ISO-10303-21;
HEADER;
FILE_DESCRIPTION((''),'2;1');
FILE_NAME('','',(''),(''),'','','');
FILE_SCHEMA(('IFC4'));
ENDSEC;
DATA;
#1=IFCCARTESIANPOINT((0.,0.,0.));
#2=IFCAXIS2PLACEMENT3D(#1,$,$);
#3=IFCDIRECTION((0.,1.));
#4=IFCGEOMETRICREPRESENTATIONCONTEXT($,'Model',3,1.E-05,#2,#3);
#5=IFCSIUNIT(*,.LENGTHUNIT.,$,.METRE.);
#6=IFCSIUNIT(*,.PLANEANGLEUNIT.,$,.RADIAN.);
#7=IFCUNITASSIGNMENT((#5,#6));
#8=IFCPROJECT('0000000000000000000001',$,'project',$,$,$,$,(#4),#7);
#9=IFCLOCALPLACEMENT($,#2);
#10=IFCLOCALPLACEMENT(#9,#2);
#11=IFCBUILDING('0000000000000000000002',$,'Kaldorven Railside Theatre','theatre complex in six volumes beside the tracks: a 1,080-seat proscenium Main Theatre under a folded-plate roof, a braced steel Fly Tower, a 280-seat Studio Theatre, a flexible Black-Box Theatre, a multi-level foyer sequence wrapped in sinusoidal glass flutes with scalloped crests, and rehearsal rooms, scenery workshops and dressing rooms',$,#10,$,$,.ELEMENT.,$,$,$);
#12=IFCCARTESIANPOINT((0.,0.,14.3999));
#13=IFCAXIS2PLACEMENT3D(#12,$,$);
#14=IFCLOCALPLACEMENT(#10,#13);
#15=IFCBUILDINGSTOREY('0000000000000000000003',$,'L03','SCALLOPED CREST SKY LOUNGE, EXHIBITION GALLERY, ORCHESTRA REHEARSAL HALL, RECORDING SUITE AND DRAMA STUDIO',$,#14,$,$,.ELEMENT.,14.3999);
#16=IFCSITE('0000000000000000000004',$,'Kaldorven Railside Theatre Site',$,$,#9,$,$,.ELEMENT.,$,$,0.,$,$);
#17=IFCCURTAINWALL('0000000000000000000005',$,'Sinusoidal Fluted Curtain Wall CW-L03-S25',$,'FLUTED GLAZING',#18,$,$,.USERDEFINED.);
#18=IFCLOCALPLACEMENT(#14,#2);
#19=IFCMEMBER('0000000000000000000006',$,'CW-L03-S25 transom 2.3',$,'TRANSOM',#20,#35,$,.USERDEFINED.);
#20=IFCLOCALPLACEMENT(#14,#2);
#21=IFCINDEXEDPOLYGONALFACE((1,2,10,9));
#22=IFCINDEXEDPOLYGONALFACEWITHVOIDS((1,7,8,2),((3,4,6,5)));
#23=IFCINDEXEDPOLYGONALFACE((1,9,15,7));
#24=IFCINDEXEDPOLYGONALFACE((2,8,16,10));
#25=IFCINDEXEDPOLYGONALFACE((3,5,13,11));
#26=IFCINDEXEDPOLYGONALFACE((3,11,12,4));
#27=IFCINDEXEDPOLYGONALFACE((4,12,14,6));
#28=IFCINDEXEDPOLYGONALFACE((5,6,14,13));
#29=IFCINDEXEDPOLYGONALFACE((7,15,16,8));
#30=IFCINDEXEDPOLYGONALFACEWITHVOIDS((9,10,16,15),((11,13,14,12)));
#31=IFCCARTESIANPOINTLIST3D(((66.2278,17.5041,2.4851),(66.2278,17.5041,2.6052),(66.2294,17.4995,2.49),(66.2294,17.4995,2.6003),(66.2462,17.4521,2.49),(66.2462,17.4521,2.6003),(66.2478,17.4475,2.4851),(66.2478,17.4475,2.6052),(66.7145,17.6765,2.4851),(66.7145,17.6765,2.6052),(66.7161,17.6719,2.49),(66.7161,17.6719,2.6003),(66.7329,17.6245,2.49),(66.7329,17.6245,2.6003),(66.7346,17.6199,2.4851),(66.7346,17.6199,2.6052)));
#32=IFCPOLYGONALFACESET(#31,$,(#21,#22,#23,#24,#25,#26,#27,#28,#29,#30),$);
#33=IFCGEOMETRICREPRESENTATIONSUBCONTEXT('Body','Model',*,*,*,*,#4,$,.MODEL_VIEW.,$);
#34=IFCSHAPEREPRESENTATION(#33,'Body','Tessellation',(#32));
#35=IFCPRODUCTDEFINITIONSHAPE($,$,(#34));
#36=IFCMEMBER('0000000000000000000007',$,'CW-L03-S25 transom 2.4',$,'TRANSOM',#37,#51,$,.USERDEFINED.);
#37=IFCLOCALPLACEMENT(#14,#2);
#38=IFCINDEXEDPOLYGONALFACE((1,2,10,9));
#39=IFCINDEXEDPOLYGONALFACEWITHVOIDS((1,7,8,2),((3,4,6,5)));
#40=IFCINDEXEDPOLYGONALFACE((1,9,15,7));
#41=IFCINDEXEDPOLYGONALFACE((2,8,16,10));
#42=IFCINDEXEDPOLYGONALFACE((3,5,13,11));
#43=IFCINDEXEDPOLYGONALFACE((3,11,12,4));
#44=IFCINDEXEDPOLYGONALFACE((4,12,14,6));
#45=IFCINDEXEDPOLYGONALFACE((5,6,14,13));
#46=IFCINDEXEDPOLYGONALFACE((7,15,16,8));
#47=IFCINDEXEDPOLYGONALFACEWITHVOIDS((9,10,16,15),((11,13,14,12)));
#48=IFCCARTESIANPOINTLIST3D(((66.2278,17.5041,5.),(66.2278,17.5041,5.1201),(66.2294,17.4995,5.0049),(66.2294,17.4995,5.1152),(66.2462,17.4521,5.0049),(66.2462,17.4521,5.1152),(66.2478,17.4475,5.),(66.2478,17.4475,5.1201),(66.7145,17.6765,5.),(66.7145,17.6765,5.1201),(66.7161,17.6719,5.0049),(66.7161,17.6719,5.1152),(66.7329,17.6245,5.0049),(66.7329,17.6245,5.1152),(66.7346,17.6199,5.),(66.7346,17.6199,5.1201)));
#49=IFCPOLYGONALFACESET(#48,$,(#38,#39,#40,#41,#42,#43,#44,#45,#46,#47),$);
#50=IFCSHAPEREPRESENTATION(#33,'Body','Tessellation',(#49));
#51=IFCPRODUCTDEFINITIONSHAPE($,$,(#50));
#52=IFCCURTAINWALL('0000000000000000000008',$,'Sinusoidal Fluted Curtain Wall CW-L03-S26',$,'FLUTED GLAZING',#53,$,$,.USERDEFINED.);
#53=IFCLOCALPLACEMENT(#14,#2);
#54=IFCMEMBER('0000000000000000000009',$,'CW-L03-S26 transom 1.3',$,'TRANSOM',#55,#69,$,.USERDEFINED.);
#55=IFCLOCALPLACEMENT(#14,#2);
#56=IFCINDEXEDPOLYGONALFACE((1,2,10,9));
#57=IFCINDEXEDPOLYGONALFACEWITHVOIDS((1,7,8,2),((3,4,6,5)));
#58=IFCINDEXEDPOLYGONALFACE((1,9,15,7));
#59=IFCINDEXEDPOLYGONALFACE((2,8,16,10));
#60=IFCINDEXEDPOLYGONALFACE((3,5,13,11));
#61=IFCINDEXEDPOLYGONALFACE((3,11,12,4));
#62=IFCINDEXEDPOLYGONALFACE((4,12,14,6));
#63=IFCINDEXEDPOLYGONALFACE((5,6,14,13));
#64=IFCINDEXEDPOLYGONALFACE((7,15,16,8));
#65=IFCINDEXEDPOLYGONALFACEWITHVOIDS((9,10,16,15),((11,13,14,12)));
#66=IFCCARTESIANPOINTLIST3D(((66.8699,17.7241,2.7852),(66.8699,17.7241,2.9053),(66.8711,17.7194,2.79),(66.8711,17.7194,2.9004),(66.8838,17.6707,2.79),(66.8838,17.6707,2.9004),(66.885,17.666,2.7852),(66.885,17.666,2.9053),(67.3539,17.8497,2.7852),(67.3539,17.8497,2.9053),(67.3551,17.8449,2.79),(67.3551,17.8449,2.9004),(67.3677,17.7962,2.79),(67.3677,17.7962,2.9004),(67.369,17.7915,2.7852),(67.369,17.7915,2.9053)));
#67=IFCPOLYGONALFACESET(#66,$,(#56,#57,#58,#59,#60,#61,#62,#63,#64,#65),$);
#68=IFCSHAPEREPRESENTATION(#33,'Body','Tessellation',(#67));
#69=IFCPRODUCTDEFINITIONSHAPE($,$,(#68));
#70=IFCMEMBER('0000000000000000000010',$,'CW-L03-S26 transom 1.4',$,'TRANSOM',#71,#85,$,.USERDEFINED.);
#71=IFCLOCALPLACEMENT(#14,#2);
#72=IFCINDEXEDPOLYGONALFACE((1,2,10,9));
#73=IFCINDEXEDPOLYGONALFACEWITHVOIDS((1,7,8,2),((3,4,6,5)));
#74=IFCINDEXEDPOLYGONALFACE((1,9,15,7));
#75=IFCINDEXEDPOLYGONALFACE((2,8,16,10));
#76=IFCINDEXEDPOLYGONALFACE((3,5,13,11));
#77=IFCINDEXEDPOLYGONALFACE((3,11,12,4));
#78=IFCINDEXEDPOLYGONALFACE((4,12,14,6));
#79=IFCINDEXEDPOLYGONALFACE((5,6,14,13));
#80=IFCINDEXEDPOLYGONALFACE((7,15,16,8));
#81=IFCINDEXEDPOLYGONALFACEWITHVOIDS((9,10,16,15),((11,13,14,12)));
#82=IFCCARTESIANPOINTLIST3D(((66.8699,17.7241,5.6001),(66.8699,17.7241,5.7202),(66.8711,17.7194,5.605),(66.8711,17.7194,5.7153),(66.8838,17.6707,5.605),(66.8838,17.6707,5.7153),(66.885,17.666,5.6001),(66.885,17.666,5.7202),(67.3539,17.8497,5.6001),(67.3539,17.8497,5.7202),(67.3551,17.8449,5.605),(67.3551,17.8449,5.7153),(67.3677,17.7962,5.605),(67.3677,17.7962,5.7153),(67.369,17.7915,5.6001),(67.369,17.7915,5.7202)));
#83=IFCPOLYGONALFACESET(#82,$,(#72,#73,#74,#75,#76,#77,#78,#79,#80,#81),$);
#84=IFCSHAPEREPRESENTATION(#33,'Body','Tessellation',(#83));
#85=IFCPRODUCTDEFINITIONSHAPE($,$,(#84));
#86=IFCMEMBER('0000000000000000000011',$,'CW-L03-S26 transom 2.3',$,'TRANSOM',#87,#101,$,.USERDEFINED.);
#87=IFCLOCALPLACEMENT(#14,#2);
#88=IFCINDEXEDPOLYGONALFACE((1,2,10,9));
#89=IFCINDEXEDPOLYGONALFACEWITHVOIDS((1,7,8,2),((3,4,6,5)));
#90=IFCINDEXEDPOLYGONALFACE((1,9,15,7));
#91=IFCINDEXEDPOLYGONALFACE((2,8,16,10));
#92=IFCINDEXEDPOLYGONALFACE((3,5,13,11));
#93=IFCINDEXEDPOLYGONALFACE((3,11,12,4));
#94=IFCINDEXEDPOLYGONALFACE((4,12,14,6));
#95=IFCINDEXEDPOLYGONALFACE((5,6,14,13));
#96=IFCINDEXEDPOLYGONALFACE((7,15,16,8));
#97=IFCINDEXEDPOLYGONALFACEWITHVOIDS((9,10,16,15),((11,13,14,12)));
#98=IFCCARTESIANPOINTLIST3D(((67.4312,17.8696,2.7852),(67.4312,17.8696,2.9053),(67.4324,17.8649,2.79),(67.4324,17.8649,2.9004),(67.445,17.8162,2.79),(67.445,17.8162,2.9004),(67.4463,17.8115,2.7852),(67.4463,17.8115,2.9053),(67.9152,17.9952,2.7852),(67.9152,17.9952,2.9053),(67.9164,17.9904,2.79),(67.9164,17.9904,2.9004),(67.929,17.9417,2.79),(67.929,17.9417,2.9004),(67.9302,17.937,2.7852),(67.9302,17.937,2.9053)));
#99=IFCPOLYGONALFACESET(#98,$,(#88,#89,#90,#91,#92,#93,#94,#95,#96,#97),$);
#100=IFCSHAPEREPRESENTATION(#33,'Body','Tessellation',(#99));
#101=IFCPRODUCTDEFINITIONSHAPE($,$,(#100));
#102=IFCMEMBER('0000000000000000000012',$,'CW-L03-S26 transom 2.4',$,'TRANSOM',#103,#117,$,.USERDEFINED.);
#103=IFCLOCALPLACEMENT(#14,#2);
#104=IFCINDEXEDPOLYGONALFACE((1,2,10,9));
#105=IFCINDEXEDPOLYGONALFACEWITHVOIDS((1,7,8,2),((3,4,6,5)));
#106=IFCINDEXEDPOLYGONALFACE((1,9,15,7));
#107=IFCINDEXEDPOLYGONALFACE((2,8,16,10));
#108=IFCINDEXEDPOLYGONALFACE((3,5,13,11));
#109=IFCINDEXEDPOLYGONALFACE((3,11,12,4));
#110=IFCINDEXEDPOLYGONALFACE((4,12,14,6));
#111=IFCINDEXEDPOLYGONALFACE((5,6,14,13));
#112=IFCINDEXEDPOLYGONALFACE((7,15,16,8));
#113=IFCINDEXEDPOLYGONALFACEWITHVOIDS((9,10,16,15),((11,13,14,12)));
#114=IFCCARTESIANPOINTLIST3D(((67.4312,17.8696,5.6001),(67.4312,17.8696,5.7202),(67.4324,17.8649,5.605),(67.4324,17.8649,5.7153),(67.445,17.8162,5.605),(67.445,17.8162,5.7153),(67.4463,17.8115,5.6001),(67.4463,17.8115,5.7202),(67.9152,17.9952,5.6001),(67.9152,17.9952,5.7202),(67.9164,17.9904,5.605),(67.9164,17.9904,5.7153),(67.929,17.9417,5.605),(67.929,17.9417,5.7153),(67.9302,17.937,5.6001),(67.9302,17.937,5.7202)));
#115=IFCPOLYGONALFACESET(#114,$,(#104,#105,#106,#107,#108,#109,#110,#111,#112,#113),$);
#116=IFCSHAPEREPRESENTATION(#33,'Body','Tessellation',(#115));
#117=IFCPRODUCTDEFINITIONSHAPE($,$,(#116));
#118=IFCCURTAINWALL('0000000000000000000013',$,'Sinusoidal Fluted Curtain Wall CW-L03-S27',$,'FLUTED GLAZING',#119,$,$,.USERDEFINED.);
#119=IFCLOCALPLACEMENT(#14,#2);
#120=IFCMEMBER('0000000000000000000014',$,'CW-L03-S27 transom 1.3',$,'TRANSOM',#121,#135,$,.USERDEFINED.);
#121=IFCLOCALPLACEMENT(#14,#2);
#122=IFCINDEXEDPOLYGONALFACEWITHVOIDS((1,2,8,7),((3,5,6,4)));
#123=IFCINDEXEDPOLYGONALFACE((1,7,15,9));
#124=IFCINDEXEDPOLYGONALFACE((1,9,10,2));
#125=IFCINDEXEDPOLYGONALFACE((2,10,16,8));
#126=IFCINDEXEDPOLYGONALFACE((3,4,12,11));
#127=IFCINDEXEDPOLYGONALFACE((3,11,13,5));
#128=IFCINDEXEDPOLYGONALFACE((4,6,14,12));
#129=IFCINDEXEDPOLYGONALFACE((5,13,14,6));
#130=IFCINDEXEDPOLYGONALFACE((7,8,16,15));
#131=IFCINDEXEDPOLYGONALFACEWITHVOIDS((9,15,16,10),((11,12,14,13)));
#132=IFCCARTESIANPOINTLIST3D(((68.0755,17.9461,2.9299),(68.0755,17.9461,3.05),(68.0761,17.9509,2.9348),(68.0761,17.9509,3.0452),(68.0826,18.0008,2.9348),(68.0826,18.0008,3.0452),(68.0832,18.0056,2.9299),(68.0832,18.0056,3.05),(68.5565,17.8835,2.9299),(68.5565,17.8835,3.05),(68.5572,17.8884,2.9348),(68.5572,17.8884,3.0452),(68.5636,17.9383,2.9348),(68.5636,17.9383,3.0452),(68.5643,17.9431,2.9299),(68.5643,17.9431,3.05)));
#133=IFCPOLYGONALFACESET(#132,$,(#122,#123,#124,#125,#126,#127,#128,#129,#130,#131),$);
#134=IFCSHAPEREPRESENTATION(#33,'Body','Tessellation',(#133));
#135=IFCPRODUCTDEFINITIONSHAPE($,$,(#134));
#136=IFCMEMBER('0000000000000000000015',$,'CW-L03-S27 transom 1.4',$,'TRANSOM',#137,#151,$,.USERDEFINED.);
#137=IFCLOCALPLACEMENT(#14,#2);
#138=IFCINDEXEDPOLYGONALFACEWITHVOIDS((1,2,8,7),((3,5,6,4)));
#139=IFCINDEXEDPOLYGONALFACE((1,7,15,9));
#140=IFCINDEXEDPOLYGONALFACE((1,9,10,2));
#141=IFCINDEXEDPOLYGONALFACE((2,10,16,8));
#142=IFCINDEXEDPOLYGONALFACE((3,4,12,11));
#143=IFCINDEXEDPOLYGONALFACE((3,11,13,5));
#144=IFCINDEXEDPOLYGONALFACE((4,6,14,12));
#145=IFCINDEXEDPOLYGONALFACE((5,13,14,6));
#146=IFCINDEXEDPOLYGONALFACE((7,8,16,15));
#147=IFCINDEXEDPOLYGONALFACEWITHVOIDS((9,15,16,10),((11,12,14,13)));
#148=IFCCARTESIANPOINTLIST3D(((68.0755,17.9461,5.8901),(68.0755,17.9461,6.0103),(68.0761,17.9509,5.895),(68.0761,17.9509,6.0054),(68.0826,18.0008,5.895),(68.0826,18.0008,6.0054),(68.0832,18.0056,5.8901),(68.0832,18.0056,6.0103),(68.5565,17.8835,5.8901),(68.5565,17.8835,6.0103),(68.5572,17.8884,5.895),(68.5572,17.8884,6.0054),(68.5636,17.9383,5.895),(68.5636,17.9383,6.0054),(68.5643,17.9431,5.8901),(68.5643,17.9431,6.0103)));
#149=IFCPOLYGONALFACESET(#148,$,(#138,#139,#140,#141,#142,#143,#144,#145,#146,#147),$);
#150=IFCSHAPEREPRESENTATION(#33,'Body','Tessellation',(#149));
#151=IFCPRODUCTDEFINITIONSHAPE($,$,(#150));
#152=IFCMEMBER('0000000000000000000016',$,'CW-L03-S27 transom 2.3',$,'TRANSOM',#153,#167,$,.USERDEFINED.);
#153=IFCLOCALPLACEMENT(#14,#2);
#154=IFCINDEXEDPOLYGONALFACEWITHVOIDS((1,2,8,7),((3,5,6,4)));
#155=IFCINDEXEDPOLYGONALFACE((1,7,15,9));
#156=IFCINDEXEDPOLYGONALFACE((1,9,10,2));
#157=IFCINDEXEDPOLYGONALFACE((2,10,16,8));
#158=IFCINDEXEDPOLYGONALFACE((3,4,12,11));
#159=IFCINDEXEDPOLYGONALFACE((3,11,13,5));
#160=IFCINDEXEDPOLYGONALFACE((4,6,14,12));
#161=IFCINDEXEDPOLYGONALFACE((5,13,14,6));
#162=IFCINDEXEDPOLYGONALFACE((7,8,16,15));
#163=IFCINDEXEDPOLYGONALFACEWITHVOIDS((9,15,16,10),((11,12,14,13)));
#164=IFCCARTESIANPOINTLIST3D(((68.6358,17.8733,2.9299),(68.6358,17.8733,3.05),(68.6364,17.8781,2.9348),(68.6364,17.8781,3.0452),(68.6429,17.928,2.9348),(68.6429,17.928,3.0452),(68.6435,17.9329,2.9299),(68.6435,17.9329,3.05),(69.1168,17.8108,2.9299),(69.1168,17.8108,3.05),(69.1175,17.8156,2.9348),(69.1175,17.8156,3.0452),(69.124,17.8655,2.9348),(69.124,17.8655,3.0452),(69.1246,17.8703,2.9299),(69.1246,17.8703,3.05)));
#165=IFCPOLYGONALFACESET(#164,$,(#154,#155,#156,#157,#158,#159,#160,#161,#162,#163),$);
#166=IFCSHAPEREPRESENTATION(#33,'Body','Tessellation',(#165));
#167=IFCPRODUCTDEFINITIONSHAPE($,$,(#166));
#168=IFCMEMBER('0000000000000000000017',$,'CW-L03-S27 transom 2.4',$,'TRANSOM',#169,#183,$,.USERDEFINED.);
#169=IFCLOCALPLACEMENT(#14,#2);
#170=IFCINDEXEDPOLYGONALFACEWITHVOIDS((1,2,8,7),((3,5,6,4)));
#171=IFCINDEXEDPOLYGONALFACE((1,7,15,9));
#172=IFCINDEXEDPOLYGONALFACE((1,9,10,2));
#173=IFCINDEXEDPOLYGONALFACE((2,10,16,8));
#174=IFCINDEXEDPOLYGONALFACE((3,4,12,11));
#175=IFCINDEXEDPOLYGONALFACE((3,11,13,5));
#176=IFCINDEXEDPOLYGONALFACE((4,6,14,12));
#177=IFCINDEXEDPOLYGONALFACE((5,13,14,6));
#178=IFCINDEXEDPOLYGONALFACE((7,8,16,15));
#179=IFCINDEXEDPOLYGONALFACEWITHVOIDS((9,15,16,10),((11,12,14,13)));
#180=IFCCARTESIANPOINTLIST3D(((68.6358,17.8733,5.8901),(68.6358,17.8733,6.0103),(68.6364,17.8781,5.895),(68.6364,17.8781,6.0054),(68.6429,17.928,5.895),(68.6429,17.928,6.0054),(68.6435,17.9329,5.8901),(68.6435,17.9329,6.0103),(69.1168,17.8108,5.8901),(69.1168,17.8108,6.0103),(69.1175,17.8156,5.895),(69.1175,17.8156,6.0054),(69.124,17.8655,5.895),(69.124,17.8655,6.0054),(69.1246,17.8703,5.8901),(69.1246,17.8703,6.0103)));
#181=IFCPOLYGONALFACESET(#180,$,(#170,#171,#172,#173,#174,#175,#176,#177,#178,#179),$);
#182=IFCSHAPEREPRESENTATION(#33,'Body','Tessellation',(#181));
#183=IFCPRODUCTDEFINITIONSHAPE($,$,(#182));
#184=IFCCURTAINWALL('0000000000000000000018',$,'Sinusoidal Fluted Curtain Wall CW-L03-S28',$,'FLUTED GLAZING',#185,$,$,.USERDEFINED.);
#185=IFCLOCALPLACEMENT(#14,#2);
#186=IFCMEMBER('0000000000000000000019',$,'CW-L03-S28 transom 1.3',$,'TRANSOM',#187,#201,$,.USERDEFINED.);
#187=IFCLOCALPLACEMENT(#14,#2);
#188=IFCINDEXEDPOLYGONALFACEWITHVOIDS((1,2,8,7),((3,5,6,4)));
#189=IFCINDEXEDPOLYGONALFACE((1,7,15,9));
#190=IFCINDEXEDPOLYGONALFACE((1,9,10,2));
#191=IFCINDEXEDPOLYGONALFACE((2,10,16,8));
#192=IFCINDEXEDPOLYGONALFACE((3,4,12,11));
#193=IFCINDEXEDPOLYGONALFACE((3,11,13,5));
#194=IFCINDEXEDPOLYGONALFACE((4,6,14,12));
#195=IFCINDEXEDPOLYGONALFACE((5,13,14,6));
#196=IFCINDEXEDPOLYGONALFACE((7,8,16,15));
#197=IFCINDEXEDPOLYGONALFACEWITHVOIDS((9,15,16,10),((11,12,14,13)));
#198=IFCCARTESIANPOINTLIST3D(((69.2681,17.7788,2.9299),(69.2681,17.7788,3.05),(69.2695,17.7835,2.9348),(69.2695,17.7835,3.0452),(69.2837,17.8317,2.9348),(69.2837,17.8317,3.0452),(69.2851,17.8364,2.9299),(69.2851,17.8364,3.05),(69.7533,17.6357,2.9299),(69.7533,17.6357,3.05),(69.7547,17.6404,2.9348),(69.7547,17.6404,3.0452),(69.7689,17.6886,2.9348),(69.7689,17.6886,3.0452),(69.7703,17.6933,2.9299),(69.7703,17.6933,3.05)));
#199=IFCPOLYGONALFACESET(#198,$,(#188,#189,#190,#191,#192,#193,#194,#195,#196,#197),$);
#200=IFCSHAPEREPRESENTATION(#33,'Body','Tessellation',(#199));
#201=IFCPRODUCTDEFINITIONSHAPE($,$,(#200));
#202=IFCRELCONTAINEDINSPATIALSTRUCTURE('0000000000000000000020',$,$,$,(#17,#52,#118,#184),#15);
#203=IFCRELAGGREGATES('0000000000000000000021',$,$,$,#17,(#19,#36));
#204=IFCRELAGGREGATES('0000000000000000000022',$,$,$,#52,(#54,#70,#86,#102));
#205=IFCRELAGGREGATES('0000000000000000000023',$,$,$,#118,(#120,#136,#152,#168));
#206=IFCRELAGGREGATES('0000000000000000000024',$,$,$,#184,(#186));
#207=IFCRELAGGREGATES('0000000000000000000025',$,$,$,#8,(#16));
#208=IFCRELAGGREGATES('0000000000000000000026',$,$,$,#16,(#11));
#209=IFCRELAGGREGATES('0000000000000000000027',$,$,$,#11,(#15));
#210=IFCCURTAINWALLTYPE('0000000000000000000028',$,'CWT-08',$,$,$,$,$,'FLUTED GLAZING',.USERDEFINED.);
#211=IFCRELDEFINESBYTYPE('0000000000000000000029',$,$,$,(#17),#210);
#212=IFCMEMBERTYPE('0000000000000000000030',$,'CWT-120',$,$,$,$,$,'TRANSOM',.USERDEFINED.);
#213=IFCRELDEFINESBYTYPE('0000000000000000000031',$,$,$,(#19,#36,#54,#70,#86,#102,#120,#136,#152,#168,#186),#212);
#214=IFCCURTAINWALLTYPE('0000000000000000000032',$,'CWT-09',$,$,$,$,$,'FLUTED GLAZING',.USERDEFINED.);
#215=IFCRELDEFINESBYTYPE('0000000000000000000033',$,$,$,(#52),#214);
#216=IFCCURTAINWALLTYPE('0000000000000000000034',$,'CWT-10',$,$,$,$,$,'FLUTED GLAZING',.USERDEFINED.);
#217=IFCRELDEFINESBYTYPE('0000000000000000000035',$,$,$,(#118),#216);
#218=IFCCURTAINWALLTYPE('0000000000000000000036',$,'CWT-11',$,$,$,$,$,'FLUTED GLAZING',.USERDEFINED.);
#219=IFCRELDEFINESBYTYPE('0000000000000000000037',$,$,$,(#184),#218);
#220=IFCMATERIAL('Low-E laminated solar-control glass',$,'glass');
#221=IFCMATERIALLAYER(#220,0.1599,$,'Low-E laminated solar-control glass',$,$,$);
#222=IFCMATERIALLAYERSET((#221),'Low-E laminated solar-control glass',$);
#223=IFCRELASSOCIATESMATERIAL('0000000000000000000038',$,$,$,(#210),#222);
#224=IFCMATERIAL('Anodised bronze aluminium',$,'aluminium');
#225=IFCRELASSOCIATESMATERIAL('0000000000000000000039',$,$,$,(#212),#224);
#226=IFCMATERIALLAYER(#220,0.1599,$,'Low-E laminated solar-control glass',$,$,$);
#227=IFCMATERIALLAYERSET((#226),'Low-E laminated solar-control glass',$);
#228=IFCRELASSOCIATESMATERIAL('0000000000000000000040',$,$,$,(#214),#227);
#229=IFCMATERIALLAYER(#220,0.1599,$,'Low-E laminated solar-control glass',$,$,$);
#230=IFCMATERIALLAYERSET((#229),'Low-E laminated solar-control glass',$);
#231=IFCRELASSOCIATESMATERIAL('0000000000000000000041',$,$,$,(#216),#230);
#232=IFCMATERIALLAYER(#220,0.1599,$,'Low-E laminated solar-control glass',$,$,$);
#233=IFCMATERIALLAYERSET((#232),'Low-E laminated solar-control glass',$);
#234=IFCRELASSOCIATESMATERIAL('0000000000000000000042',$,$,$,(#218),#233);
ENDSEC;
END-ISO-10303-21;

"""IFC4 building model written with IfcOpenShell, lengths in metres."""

from ifc_helpers import new_model, si_unit, direction, frame, origin, origin_2d, place, context, subcontext, project, spatial, hollow_rectangle, extrude, material, layer, layer_set, material_profile, profile_set, type_object, element, aggregate, save


model = new_model("IFC4")

# Units and contexts
model_context = context("Model", 3, precision=1e-05, world=origin(), true_north=direction((0.0, 1.0)))
body_context = subcontext(model_context, "Body", "Model", "MODEL_VIEW")
ifc_project = project(units=[si_unit("LENGTHUNIT", "METRE"), si_unit("PLANEANGLEUNIT", "RADIAN")], contexts=[model_context])

# Site, building, storey
site_placement = place(None, origin())
site = spatial("IfcSite", under=ifc_project, at=site_placement, Name="Kaldorven Railside Theatre Site", CompositionType="ELEMENT", RefElevation=0.0)
building_placement = place(site_placement, origin())
building = spatial("IfcBuilding", under=site, at=building_placement, Name="Kaldorven Railside Theatre", Description="theatre complex in six volumes beside the tracks: a 1,080-seat proscenium Main Theatre under a folded-plate roof, a braced steel Fly Tower, a 280-seat Studio Theatre, a flexible Black-Box Theatre, a multi-level foyer sequence wrapped in sinusoidal glass flutes with scalloped crests, and rehearsal rooms, scenery workshops and dressing rooms", CompositionType="ELEMENT")
storey_placement = place(building_placement, frame((0.0, 0.0, 14.3999)))
storey = spatial("IfcBuildingStorey", under=building, at=storey_placement, Name="L03", Description="SCALLOPED CREST SKY LOUNGE, EXHIBITION GALLERY, ORCHESTRA REHEARSAL HALL, RECORDING SUITE AND DRAMA STUDIO", CompositionType="ELEMENT", Elevation=14.3999)

# Curtain walls, members
ifc_material_1 = material(Name="Low-E laminated solar-control glass", Category="glass")
ifc_layer_1 = layer(ifc_material_1, 0.1599, Name="Low-E laminated solar-control glass")
ifc_layer_set_1 = layer_set([ifc_layer_1], Name="Low-E laminated solar-control glass")
curtain_wall_type_1 = type_object("IfcCurtainWallType", Name="CWT-08", ElementType="FLUTED GLAZING", PredefinedType="USERDEFINED", material=ifc_layer_set_1)
curtain_wall_1_placement = place(storey_placement, origin())
curtain_wall_1 = element("IfcCurtainWall", 1, at=curtain_wall_1_placement, inside=storey, type_object=curtain_wall_type_1, Name="Sinusoidal Fluted Curtain Wall CW-L03-S25", ObjectType="FLUTED GLAZING", PredefinedType="USERDEFINED")
ifc_material_2 = material(Name="Anodised bronze aluminium", Category="aluminium")
ifc_material_profile = material_profile(ifc_material_2, hollow_rectangle(XDim=0.0601, YDim=0.1201, WallThickness=0.0049, at=origin_2d()), Name="RHS 120x60x5")
ifc_profile_set = profile_set([ifc_material_profile], Name="Anodised bronze aluminium")
member_type = type_object("IfcMemberType", Name="CWT-120", ElementType="TRANSOM", PredefinedType="USERDEFINED", material=ifc_profile_set)
member_1_placement = place(storey_placement, frame((66.2378, 17.4758, 2.5452), z_axis=(0.942658, 0.33376, 0.0), x_axis=(-0.33376, 0.942658, 0.0)))
member_1 = element("IfcMember", 2, at=member_1_placement, type_object=member_type, Name="CW-L03-S25 transom 2.3", ObjectType="TRANSOM", PredefinedType="USERDEFINED", context=body_context, shape_type="SweptSolid", body=[
    extrude(hollow_rectangle(XDim=0.0601, YDim=0.1201, WallThickness=0.0049, at=origin_2d()), origin(), (0.0, 0.0, 1.0), 0.5164),
])
member_2_placement = place(storey_placement, frame((66.2378, 17.4758, 5.0601), z_axis=(0.942658, 0.33376, 0.0), x_axis=(-0.33376, 0.942658, 0.0)))
member_2 = element("IfcMember", 3, at=member_2_placement, type_object=member_type, Name="CW-L03-S25 transom 2.4", ObjectType="TRANSOM", PredefinedType="USERDEFINED", context=body_context, shape_type="SweptSolid", body=[
    extrude(hollow_rectangle(XDim=0.0601, YDim=0.1201, WallThickness=0.0049, at=origin_2d()), origin(), (0.0, 0.0, 1.0), 0.5164),
])
ifc_layer_2 = layer(ifc_material_1, 0.1599, Name="Low-E laminated solar-control glass")
ifc_layer_set_2 = layer_set([ifc_layer_2], Name="Low-E laminated solar-control glass")
curtain_wall_type_2 = type_object("IfcCurtainWallType", Name="CWT-09", ElementType="FLUTED GLAZING", PredefinedType="USERDEFINED", material=ifc_layer_set_2)
curtain_wall_2_placement = place(storey_placement, origin())
curtain_wall_2 = element("IfcCurtainWall", 4, at=curtain_wall_2_placement, inside=storey, type_object=curtain_wall_type_2, Name="Sinusoidal Fluted Curtain Wall CW-L03-S26", ObjectType="FLUTED GLAZING", PredefinedType="USERDEFINED")
member_3_placement = place(storey_placement, frame((66.8774, 17.6951, 2.8452), z_axis=(0.967979, 0.25103, 0.0), x_axis=(-0.25103, 0.967979, 0.0)))
member_3 = element("IfcMember", 5, at=member_3_placement, type_object=member_type, Name="CW-L03-S26 transom 1.3", ObjectType="TRANSOM", PredefinedType="USERDEFINED", context=body_context, shape_type="SweptSolid", body=[
    extrude(hollow_rectangle(XDim=0.0601, YDim=0.1201, WallThickness=0.0049, at=origin_2d()), origin(), (0.0, 0.0, 1.0), 0.5),
])
member_4_placement = place(storey_placement, frame((66.8774, 17.6951, 5.6602), z_axis=(0.967979, 0.25103, 0.0), x_axis=(-0.25103, 0.967979, 0.0)))
member_4 = element("IfcMember", 6, at=member_4_placement, type_object=member_type, Name="CW-L03-S26 transom 1.4", ObjectType="TRANSOM", PredefinedType="USERDEFINED", context=body_context, shape_type="SweptSolid", body=[
    extrude(hollow_rectangle(XDim=0.0601, YDim=0.1201, WallThickness=0.0049, at=origin_2d()), origin(), (0.0, 0.0, 1.0), 0.5),
])
member_5_placement = place(storey_placement, frame((67.4387, 17.8406, 2.8452), z_axis=(0.967979, 0.25103, 0.0), x_axis=(-0.25103, 0.967979, 0.0)))
member_5 = element("IfcMember", 7, at=member_5_placement, type_object=member_type, Name="CW-L03-S26 transom 2.3", ObjectType="TRANSOM", PredefinedType="USERDEFINED", context=body_context, shape_type="SweptSolid", body=[
    extrude(hollow_rectangle(XDim=0.0601, YDim=0.1201, WallThickness=0.0049, at=origin_2d()), origin(), (0.0, 0.0, 1.0), 0.5),
])
member_6_placement = place(storey_placement, frame((67.4387, 17.8406, 5.6602), z_axis=(0.967979, 0.25103, 0.0), x_axis=(-0.25103, 0.967979, 0.0)))
member_6 = element("IfcMember", 8, at=member_6_placement, type_object=member_type, Name="CW-L03-S26 transom 2.4", ObjectType="TRANSOM", PredefinedType="USERDEFINED", context=body_context, shape_type="SweptSolid", body=[
    extrude(hollow_rectangle(XDim=0.0601, YDim=0.1201, WallThickness=0.0049, at=origin_2d()), origin(), (0.0, 0.0, 1.0), 0.5),
])
ifc_layer_3 = layer(ifc_material_1, 0.1599, Name="Low-E laminated solar-control glass")
ifc_layer_set_3 = layer_set([ifc_layer_3], Name="Low-E laminated solar-control glass")
curtain_wall_type_3 = type_object("IfcCurtainWallType", Name="CWT-10", ElementType="FLUTED GLAZING", PredefinedType="USERDEFINED", material=ifc_layer_set_3)
curtain_wall_3_placement = place(storey_placement, origin())
curtain_wall_3 = element("IfcCurtainWall", 9, at=curtain_wall_3_placement, inside=storey, type_object=curtain_wall_type_3, Name="Sinusoidal Fluted Curtain Wall CW-L03-S27", ObjectType="FLUTED GLAZING", PredefinedType="USERDEFINED")
member_7_placement = place(storey_placement, frame((68.0793, 17.9758, 2.99), z_axis=(0.991662, -0.128866, 0.0), x_axis=(0.128866, 0.991662, 0.0)))
member_7 = element("IfcMember", 10, at=member_7_placement, type_object=member_type, Name="CW-L03-S27 transom 1.3", ObjectType="TRANSOM", PredefinedType="USERDEFINED", context=body_context, shape_type="SweptSolid", body=[
    extrude(hollow_rectangle(XDim=0.0601, YDim=0.1201, WallThickness=0.0049, at=origin_2d()), origin(), (0.0, 0.0, 1.0), 0.4851),
])
member_8_placement = place(storey_placement, frame((68.0793, 17.9758, 5.9502), z_axis=(0.991662, -0.128866, 0.0), x_axis=(0.128866, 0.991662, 0.0)))
member_8 = element("IfcMember", 11, at=member_8_placement, type_object=member_type, Name="CW-L03-S27 transom 1.4", ObjectType="TRANSOM", PredefinedType="USERDEFINED", context=body_context, shape_type="SweptSolid", body=[
    extrude(hollow_rectangle(XDim=0.0601, YDim=0.1201, WallThickness=0.0049, at=origin_2d()), origin(), (0.0, 0.0, 1.0), 0.4851),
])
member_9_placement = place(storey_placement, frame((68.6396, 17.9031, 2.99), z_axis=(0.991662, -0.128866, 0.0), x_axis=(0.128866, 0.991662, 0.0)))
member_9 = element("IfcMember", 12, at=member_9_placement, type_object=member_type, Name="CW-L03-S27 transom 2.3", ObjectType="TRANSOM", PredefinedType="USERDEFINED", context=body_context, shape_type="SweptSolid", body=[
    extrude(hollow_rectangle(XDim=0.0601, YDim=0.1201, WallThickness=0.0049, at=origin_2d()), origin(), (0.0, 0.0, 1.0), 0.4851),
])
member_10_placement = place(storey_placement, frame((68.6396, 17.9031, 5.9502), z_axis=(0.991662, -0.128866, 0.0), x_axis=(0.128866, 0.991662, 0.0)))
member_10 = element("IfcMember", 13, at=member_10_placement, type_object=member_type, Name="CW-L03-S27 transom 2.4", ObjectType="TRANSOM", PredefinedType="USERDEFINED", context=body_context, shape_type="SweptSolid", body=[
    extrude(hollow_rectangle(XDim=0.0601, YDim=0.1201, WallThickness=0.0049, at=origin_2d()), origin(), (0.0, 0.0, 1.0), 0.4851),
])
ifc_layer_4 = layer(ifc_material_1, 0.1599, Name="Low-E laminated solar-control glass")
ifc_layer_set_4 = layer_set([ifc_layer_4], Name="Low-E laminated solar-control glass")
curtain_wall_type_4 = type_object("IfcCurtainWallType", Name="CWT-11", ElementType="FLUTED GLAZING", PredefinedType="USERDEFINED", material=ifc_layer_set_4)
curtain_wall_4_placement = place(storey_placement, origin())
curtain_wall_4 = element("IfcCurtainWall", 14, at=curtain_wall_4_placement, inside=storey, type_object=curtain_wall_type_4, Name="Sinusoidal Fluted Curtain Wall CW-L03-S28", ObjectType="FLUTED GLAZING", PredefinedType="USERDEFINED")
member_11_placement = place(storey_placement, frame((69.2766, 17.8076, 2.99), z_axis=(0.959158, -0.282872, 0.0), x_axis=(0.282872, 0.959158, 0.0)))
member_11 = element("IfcMember", 15, at=member_11_placement, type_object=member_type, Name="CW-L03-S28 transom 1.3", ObjectType="TRANSOM", PredefinedType="USERDEFINED", context=body_context, shape_type="SweptSolid", body=[
    extrude(hollow_rectangle(XDim=0.0601, YDim=0.1201, WallThickness=0.0049, at=origin_2d()), origin(), (0.0, 0.0, 1.0), 0.5059),
])

aggregate(curtain_wall_1, [member_1, member_2])
aggregate(curtain_wall_2, [member_3, member_4, member_5, member_6])
aggregate(curtain_wall_3, [member_7, member_8, member_9, member_10])
aggregate(curtain_wall_4, [member_11])

save(model, "model.ifc")
